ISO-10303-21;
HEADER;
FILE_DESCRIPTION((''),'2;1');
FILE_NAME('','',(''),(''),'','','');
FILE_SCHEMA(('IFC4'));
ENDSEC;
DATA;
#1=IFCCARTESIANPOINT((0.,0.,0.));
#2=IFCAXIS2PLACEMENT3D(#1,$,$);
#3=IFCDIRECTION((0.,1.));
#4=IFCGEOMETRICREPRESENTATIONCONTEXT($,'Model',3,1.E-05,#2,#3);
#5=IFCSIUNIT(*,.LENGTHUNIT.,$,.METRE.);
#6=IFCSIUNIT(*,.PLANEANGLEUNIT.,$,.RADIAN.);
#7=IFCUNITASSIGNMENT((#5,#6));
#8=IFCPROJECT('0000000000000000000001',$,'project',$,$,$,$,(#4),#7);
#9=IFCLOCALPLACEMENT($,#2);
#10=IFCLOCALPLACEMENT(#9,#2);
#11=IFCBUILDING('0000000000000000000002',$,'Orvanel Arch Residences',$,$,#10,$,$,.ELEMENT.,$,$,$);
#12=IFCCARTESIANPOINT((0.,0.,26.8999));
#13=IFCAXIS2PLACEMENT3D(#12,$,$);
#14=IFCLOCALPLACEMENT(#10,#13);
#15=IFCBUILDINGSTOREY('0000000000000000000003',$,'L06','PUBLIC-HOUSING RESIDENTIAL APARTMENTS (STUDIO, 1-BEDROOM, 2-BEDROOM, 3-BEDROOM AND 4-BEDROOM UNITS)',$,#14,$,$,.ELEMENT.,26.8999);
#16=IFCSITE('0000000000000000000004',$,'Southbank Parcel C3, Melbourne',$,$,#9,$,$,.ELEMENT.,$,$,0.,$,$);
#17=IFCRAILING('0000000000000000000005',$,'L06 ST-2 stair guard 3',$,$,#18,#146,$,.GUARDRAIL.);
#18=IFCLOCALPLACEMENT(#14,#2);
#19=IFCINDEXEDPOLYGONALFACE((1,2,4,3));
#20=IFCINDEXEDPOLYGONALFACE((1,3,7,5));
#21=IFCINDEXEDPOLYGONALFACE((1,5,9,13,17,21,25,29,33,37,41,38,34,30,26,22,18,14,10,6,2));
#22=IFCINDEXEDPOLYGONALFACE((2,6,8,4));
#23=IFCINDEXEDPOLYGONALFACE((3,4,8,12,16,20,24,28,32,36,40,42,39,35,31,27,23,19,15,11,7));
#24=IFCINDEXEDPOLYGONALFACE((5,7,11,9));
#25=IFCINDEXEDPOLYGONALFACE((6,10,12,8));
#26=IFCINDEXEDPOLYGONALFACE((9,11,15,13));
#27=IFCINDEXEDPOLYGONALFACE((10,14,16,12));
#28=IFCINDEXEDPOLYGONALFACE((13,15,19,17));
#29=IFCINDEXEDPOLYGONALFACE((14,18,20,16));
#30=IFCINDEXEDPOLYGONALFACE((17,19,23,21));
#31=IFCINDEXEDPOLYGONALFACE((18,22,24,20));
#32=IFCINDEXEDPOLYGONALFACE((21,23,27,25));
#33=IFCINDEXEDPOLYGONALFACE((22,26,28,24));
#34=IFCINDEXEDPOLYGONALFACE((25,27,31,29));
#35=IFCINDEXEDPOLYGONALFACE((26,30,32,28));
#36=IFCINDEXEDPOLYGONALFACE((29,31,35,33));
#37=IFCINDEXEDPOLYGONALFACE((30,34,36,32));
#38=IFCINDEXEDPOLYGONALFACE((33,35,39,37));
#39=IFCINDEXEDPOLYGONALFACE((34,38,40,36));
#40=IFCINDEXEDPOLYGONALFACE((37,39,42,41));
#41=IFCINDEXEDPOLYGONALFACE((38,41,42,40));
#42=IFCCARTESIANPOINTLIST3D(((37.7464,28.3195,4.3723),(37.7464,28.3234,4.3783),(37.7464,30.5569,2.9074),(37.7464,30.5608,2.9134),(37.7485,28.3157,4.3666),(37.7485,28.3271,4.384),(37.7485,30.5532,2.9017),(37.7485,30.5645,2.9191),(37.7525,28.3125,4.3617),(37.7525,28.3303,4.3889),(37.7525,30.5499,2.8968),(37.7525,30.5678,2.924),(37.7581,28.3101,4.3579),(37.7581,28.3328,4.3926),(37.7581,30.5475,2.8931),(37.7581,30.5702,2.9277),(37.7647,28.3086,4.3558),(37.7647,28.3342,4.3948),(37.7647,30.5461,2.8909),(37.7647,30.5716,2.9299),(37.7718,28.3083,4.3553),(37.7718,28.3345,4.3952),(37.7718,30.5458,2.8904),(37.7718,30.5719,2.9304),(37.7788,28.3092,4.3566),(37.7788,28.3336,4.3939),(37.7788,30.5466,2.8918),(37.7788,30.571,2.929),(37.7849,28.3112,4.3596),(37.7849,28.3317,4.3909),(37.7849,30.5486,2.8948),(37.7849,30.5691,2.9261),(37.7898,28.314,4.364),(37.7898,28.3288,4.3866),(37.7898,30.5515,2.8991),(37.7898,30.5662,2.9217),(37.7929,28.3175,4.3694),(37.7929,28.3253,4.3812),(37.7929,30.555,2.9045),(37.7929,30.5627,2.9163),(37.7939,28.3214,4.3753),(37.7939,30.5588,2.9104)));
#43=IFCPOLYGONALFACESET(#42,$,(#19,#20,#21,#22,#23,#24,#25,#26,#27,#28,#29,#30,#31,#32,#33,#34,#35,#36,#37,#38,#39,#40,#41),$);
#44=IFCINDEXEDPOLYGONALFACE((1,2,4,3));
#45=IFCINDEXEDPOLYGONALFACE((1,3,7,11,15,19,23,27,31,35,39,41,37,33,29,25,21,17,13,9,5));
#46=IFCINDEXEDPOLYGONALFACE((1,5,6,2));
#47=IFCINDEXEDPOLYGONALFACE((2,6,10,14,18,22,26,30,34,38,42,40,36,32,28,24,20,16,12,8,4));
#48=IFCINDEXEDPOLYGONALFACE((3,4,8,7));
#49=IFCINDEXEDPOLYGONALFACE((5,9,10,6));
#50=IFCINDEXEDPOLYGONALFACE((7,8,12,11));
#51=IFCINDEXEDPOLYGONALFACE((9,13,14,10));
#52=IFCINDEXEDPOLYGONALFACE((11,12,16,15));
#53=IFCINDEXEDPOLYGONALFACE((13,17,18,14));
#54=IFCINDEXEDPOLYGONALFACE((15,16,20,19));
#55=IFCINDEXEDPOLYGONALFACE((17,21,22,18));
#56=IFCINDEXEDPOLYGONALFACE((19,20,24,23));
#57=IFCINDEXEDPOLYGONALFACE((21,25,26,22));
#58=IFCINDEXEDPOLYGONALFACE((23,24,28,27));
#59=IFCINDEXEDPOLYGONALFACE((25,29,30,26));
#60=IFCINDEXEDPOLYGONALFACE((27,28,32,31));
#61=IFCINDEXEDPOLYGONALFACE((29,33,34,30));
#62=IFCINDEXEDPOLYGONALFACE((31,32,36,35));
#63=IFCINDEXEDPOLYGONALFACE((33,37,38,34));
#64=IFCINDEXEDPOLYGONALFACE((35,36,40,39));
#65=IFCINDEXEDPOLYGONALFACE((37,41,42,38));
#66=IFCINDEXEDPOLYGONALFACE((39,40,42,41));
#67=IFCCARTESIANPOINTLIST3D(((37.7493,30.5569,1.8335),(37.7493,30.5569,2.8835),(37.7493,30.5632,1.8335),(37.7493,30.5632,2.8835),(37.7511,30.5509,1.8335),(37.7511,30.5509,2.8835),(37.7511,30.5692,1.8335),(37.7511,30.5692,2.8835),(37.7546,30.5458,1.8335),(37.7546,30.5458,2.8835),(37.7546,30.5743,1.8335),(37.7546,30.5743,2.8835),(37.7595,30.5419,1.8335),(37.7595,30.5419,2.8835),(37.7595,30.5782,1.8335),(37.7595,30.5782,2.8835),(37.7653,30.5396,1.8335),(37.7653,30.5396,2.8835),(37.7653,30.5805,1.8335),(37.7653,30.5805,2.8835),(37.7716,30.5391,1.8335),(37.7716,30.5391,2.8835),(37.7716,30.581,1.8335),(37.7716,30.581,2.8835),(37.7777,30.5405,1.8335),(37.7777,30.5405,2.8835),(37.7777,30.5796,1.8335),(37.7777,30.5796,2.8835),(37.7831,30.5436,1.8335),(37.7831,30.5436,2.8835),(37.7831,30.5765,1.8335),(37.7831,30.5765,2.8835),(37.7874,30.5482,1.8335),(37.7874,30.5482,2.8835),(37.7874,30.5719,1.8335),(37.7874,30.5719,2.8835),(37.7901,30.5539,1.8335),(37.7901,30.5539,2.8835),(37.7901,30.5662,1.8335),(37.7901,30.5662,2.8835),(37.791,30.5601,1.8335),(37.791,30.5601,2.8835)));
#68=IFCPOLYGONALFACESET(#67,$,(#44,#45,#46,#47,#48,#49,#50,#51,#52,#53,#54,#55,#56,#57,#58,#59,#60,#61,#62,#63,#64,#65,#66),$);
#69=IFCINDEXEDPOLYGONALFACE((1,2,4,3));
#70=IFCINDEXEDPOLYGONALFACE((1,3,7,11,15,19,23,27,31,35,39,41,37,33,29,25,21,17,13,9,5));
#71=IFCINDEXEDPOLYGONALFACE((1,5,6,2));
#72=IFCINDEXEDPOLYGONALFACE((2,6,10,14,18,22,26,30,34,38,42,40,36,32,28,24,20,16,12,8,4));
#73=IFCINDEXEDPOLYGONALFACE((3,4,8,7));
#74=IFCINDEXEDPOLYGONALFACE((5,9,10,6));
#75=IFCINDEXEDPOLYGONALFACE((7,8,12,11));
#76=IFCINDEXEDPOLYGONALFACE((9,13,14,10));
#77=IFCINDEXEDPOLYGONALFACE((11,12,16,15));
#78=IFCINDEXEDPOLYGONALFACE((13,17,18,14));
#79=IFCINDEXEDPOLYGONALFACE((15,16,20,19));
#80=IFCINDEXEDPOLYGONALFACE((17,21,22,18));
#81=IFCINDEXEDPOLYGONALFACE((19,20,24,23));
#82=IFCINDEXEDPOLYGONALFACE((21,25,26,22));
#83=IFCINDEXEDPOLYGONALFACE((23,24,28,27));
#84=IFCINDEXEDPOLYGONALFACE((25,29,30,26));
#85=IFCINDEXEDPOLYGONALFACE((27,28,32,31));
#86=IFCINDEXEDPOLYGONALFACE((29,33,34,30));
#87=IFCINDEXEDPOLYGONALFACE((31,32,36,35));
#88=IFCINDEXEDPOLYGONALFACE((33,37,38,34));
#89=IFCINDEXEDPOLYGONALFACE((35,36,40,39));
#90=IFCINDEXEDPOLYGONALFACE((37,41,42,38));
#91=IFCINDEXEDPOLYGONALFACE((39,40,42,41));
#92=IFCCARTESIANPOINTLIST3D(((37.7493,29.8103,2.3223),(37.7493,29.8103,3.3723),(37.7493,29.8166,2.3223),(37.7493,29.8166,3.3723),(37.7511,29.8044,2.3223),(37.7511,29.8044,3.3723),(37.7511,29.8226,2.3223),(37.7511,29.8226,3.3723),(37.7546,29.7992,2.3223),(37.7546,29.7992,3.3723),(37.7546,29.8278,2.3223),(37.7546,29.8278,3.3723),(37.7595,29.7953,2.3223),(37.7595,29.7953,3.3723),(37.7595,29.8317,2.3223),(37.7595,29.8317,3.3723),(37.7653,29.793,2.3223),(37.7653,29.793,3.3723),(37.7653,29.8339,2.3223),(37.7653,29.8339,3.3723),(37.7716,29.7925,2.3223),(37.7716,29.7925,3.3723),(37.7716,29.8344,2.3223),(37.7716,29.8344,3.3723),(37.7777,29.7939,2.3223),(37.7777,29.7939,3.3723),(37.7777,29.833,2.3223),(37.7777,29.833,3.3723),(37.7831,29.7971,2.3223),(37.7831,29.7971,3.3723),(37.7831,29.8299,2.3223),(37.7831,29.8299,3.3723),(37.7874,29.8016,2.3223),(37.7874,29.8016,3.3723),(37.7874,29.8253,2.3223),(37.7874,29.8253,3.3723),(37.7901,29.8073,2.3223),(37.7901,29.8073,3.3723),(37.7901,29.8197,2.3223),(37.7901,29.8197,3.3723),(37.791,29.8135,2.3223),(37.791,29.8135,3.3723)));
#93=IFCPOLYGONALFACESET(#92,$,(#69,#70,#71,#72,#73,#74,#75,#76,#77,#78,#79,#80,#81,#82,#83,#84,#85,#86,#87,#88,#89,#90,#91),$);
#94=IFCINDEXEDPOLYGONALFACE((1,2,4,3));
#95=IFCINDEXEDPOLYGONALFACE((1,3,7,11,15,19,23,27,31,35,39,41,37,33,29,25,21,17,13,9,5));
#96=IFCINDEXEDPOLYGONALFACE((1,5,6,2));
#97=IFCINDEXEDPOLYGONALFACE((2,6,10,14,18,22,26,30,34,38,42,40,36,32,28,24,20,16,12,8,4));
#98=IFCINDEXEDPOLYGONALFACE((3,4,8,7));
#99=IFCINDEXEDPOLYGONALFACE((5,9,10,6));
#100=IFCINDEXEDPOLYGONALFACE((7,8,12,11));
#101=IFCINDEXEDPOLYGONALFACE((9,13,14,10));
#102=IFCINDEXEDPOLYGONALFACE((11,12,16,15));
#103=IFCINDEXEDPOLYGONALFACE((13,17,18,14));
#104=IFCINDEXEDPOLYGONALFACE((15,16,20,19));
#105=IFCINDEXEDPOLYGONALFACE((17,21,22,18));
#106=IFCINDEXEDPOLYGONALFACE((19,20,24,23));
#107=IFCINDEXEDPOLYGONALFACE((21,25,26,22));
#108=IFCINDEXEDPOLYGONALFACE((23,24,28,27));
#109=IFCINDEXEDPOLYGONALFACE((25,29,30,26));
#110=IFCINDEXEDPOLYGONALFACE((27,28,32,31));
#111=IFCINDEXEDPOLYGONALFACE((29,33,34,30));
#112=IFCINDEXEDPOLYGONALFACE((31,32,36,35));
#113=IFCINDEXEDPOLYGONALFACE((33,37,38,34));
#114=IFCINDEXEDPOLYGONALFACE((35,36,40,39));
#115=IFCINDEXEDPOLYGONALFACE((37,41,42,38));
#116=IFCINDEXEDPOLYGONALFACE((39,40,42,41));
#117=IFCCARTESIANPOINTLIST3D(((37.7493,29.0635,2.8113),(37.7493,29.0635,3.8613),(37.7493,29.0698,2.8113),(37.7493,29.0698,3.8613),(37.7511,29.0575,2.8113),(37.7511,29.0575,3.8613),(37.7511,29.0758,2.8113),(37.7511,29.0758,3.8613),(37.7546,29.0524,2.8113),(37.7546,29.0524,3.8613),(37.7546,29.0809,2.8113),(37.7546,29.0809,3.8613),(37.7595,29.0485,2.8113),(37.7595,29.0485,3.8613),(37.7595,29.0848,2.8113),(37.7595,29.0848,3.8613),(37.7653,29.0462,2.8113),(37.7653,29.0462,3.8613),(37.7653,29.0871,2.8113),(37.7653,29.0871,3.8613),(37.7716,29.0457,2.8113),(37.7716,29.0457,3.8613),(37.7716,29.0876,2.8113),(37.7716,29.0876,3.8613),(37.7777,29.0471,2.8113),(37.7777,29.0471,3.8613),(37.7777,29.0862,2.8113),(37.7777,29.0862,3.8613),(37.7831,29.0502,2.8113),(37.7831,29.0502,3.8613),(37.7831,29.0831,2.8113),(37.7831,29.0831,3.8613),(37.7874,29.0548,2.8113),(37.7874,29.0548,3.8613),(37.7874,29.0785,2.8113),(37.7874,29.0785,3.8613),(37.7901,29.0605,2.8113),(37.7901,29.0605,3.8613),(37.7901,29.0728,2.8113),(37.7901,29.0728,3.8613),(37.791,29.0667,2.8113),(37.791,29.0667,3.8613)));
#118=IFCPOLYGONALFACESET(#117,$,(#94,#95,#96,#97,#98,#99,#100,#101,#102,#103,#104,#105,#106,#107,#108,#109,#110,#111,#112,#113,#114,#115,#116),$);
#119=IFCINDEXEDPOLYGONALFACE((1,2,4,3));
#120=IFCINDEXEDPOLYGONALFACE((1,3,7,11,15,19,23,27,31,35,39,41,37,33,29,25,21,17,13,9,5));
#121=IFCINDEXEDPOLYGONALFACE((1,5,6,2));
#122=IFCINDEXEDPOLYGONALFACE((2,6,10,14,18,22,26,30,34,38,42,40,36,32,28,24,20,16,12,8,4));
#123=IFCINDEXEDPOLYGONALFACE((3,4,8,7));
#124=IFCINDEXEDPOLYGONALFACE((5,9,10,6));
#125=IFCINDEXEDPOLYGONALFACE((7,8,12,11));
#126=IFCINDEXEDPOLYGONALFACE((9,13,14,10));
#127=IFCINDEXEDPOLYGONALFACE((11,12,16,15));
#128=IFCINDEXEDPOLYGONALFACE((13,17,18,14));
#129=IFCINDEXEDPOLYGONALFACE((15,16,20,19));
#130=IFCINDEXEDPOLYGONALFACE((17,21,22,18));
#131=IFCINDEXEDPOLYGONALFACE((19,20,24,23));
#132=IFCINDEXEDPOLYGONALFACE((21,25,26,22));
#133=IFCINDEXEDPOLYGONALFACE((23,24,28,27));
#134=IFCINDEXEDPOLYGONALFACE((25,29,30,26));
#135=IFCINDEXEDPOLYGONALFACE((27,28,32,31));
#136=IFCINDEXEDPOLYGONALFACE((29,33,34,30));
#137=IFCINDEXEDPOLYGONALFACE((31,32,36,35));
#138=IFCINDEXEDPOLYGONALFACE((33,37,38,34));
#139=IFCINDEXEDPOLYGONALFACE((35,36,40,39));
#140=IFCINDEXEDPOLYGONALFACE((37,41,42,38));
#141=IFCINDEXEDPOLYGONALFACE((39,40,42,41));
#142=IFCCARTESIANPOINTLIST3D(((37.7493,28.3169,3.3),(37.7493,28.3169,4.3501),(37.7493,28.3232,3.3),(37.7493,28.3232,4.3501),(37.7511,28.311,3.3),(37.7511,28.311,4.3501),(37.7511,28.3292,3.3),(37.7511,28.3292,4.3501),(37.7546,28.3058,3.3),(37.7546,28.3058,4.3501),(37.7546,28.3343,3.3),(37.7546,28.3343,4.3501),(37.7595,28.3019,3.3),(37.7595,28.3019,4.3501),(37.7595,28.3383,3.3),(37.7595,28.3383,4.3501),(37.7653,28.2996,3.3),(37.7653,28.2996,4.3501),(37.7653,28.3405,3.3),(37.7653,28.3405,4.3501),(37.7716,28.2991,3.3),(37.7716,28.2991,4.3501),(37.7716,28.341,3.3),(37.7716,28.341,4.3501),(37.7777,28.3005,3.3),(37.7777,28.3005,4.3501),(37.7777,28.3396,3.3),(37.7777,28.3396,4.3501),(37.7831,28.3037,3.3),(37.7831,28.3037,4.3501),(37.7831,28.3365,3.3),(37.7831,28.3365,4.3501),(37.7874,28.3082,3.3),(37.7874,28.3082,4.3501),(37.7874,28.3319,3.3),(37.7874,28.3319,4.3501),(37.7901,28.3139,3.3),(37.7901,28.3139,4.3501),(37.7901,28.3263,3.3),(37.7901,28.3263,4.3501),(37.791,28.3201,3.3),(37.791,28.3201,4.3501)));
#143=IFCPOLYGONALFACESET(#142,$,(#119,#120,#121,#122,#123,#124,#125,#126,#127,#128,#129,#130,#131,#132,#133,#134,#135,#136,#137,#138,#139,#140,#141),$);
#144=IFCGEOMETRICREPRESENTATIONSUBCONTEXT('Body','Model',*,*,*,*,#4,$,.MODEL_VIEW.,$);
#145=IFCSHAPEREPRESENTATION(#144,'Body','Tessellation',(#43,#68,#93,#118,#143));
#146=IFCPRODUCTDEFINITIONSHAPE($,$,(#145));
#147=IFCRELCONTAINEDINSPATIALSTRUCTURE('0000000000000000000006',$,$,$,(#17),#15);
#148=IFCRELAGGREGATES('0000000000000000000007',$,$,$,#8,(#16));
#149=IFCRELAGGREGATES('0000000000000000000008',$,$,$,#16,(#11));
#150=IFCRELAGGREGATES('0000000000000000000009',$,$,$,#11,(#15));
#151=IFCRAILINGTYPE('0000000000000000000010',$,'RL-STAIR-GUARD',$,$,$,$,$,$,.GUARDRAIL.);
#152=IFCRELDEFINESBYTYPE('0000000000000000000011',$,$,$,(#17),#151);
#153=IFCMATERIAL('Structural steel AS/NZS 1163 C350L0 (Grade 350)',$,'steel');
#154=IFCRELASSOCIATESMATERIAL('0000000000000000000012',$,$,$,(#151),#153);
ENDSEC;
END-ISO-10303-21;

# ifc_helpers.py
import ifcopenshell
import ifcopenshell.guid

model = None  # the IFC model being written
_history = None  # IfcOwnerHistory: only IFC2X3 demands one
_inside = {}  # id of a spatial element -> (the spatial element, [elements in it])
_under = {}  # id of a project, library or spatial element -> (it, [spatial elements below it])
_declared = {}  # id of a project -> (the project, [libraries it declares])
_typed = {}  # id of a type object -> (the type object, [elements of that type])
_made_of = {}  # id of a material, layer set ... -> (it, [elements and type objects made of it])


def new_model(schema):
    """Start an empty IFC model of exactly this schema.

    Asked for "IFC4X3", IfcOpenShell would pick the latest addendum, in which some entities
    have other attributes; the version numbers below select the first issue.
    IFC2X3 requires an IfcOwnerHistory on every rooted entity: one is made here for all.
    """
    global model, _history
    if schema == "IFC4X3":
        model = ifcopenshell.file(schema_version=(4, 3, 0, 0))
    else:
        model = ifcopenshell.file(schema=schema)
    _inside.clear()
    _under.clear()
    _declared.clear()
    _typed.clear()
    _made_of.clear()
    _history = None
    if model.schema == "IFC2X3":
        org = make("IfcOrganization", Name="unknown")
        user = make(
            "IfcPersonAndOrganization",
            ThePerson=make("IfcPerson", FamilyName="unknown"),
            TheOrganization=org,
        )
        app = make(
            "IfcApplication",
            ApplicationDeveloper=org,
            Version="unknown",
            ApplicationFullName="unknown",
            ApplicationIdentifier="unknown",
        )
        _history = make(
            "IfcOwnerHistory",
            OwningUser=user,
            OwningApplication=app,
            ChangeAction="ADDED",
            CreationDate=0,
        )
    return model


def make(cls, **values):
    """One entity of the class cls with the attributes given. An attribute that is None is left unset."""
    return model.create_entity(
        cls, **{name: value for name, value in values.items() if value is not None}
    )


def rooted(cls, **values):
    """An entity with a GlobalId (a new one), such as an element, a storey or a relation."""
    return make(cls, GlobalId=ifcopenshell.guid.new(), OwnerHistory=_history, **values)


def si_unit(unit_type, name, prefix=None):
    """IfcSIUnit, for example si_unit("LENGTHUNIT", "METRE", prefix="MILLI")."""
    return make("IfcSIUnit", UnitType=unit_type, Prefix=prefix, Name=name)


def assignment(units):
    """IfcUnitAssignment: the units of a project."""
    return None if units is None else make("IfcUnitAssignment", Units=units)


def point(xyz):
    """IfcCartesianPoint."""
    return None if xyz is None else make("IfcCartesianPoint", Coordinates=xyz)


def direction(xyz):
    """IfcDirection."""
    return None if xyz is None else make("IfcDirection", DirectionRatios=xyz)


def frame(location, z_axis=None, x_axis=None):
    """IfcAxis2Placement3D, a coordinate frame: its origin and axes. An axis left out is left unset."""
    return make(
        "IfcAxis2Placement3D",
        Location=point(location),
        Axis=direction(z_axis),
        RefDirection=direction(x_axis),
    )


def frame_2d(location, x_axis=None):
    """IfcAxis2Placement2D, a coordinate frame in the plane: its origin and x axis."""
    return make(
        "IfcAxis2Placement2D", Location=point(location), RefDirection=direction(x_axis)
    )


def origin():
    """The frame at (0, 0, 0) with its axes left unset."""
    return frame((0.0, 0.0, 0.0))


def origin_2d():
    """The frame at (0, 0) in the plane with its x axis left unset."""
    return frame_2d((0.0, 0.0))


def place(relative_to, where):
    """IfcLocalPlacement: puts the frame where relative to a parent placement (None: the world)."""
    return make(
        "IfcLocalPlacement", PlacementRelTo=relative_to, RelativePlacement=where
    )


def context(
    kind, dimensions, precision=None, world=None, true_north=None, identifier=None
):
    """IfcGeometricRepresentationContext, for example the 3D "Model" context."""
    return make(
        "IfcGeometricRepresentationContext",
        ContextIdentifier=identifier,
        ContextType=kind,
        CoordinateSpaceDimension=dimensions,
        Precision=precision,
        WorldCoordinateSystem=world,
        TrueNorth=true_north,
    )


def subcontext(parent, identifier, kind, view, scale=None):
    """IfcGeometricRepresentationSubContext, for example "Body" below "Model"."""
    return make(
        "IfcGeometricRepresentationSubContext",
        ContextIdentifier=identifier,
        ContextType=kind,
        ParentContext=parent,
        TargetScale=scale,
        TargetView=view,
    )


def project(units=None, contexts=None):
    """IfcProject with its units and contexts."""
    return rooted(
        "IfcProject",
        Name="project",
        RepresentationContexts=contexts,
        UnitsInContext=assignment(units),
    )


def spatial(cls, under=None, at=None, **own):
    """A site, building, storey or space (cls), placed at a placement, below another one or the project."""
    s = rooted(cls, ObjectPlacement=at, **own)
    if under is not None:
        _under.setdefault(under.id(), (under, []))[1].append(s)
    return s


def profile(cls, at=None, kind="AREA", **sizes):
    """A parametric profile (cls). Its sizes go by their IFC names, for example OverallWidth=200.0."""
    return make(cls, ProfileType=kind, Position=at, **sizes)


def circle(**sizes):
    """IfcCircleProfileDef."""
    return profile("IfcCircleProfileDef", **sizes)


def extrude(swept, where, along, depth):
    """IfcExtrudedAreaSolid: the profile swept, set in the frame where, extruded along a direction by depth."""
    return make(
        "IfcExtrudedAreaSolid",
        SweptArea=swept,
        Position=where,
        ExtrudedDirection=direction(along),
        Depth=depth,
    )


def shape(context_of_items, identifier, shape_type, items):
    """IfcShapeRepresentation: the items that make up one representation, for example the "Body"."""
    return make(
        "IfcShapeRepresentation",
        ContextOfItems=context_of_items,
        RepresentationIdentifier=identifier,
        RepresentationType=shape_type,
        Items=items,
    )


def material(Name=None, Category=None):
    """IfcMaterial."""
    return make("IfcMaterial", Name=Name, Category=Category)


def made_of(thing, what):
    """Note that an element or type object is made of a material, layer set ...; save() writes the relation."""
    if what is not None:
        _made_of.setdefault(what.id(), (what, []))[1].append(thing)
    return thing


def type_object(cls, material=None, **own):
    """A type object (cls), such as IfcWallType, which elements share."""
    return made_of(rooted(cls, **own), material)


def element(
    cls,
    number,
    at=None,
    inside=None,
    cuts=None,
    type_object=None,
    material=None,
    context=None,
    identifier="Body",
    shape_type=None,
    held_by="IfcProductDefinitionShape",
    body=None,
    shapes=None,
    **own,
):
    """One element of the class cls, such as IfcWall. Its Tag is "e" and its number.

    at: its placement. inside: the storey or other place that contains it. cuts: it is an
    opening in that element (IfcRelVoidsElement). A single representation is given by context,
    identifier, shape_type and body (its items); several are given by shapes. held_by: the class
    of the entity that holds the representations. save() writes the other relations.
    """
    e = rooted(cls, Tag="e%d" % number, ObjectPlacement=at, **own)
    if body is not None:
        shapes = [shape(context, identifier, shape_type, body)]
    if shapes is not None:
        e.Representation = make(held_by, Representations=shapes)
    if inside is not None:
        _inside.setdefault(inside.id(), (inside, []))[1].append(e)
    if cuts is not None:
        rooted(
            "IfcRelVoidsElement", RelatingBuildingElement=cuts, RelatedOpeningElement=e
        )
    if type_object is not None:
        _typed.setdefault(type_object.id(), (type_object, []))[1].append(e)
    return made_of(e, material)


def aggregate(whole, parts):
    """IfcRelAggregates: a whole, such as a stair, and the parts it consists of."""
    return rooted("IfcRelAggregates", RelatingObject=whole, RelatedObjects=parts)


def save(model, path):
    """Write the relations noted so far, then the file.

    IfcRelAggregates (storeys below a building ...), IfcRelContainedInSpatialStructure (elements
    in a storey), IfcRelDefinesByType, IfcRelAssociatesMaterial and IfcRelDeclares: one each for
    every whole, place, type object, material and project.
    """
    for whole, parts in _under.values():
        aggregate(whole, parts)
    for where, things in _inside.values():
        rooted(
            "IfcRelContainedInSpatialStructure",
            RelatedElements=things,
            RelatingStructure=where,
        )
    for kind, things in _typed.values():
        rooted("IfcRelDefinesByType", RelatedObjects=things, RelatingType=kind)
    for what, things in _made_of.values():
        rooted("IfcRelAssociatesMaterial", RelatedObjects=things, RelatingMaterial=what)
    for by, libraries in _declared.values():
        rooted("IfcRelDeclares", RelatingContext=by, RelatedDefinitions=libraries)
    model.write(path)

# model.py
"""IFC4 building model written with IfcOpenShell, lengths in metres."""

from ifc_helpers import new_model, si_unit, direction, frame, origin, origin_2d, place, context, subcontext, project, spatial, circle, extrude, material, type_object, element, save


model = new_model("IFC4")

# Units and contexts
model_context = context("Model", 3, precision=1e-05, world=origin(), true_north=direction((0.0, 1.0)))
body_context = subcontext(model_context, "Body", "Model", "MODEL_VIEW")
ifc_project = project(units=[si_unit("LENGTHUNIT", "METRE"), si_unit("PLANEANGLEUNIT", "RADIAN")], contexts=[model_context])

# Site, building, storey
site_placement = place(None, origin())
site = spatial("IfcSite", under=ifc_project, at=site_placement, Name="Southbank Parcel C3, Melbourne", CompositionType="ELEMENT", RefElevation=0.0)
building_placement = place(site_placement, origin())
building = spatial("IfcBuilding", under=site, at=building_placement, Name="Orvanel Arch Residences", CompositionType="ELEMENT")
storey_placement = place(building_placement, frame((0.0, 0.0, 26.8999)))
storey = spatial("IfcBuildingStorey", under=building, at=storey_placement, Name="L06", Description="PUBLIC-HOUSING RESIDENTIAL APARTMENTS (STUDIO, 1-BEDROOM, 2-BEDROOM, 3-BEDROOM AND 4-BEDROOM UNITS)", CompositionType="ELEMENT", Elevation=26.8999)

# Railing
ifc_material_1 = material(Name="Structural steel AS/NZS 1163 C350L0 (Grade 350)", Category="steel")
railing_type_1 = type_object("IfcRailingType", Name="RL-STAIR-GUARD", PredefinedType="GUARDRAIL", material=ifc_material_1)
railing_1_placement = place(storey_placement, frame((37.77, 30.5601, 1.8335)))
element("IfcRailing", 1, at=railing_1_placement, inside=storey, type_object=railing_type_1, Name="L06 ST-2 stair guard 3", PredefinedType="GUARDRAIL", context=body_context, shape_type="SweptSolid", body=[
    extrude(circle(Radius=0.0239, at=origin_2d()), frame((0.0, -0.0012, 1.0769), z_axis=(0.0, -0.836637, 0.547758), x_axis=(1.0, 0.0, 0.0)), (0.0, 0.0, 1.0), 2.6743),
    extrude(circle(Radius=0.021, at=origin_2d()), origin(), (0.0, 0.0, 1.0), 1.05),
    extrude(circle(Radius=0.021, at=origin_2d()), frame((0.0, -0.7466, 0.4888)), (0.0, 0.0, 1.0), 1.05),
    extrude(circle(Radius=0.021, at=origin_2d()), frame((0.0, -1.4934, 0.9778)), (0.0, 0.0, 1.0), 1.05),
    extrude(circle(Radius=0.021, at=origin_2d()), frame((0.0, -2.24, 1.4666)), (0.0, 0.0, 1.0), 1.05),
])

save(model, "model.ifc")
